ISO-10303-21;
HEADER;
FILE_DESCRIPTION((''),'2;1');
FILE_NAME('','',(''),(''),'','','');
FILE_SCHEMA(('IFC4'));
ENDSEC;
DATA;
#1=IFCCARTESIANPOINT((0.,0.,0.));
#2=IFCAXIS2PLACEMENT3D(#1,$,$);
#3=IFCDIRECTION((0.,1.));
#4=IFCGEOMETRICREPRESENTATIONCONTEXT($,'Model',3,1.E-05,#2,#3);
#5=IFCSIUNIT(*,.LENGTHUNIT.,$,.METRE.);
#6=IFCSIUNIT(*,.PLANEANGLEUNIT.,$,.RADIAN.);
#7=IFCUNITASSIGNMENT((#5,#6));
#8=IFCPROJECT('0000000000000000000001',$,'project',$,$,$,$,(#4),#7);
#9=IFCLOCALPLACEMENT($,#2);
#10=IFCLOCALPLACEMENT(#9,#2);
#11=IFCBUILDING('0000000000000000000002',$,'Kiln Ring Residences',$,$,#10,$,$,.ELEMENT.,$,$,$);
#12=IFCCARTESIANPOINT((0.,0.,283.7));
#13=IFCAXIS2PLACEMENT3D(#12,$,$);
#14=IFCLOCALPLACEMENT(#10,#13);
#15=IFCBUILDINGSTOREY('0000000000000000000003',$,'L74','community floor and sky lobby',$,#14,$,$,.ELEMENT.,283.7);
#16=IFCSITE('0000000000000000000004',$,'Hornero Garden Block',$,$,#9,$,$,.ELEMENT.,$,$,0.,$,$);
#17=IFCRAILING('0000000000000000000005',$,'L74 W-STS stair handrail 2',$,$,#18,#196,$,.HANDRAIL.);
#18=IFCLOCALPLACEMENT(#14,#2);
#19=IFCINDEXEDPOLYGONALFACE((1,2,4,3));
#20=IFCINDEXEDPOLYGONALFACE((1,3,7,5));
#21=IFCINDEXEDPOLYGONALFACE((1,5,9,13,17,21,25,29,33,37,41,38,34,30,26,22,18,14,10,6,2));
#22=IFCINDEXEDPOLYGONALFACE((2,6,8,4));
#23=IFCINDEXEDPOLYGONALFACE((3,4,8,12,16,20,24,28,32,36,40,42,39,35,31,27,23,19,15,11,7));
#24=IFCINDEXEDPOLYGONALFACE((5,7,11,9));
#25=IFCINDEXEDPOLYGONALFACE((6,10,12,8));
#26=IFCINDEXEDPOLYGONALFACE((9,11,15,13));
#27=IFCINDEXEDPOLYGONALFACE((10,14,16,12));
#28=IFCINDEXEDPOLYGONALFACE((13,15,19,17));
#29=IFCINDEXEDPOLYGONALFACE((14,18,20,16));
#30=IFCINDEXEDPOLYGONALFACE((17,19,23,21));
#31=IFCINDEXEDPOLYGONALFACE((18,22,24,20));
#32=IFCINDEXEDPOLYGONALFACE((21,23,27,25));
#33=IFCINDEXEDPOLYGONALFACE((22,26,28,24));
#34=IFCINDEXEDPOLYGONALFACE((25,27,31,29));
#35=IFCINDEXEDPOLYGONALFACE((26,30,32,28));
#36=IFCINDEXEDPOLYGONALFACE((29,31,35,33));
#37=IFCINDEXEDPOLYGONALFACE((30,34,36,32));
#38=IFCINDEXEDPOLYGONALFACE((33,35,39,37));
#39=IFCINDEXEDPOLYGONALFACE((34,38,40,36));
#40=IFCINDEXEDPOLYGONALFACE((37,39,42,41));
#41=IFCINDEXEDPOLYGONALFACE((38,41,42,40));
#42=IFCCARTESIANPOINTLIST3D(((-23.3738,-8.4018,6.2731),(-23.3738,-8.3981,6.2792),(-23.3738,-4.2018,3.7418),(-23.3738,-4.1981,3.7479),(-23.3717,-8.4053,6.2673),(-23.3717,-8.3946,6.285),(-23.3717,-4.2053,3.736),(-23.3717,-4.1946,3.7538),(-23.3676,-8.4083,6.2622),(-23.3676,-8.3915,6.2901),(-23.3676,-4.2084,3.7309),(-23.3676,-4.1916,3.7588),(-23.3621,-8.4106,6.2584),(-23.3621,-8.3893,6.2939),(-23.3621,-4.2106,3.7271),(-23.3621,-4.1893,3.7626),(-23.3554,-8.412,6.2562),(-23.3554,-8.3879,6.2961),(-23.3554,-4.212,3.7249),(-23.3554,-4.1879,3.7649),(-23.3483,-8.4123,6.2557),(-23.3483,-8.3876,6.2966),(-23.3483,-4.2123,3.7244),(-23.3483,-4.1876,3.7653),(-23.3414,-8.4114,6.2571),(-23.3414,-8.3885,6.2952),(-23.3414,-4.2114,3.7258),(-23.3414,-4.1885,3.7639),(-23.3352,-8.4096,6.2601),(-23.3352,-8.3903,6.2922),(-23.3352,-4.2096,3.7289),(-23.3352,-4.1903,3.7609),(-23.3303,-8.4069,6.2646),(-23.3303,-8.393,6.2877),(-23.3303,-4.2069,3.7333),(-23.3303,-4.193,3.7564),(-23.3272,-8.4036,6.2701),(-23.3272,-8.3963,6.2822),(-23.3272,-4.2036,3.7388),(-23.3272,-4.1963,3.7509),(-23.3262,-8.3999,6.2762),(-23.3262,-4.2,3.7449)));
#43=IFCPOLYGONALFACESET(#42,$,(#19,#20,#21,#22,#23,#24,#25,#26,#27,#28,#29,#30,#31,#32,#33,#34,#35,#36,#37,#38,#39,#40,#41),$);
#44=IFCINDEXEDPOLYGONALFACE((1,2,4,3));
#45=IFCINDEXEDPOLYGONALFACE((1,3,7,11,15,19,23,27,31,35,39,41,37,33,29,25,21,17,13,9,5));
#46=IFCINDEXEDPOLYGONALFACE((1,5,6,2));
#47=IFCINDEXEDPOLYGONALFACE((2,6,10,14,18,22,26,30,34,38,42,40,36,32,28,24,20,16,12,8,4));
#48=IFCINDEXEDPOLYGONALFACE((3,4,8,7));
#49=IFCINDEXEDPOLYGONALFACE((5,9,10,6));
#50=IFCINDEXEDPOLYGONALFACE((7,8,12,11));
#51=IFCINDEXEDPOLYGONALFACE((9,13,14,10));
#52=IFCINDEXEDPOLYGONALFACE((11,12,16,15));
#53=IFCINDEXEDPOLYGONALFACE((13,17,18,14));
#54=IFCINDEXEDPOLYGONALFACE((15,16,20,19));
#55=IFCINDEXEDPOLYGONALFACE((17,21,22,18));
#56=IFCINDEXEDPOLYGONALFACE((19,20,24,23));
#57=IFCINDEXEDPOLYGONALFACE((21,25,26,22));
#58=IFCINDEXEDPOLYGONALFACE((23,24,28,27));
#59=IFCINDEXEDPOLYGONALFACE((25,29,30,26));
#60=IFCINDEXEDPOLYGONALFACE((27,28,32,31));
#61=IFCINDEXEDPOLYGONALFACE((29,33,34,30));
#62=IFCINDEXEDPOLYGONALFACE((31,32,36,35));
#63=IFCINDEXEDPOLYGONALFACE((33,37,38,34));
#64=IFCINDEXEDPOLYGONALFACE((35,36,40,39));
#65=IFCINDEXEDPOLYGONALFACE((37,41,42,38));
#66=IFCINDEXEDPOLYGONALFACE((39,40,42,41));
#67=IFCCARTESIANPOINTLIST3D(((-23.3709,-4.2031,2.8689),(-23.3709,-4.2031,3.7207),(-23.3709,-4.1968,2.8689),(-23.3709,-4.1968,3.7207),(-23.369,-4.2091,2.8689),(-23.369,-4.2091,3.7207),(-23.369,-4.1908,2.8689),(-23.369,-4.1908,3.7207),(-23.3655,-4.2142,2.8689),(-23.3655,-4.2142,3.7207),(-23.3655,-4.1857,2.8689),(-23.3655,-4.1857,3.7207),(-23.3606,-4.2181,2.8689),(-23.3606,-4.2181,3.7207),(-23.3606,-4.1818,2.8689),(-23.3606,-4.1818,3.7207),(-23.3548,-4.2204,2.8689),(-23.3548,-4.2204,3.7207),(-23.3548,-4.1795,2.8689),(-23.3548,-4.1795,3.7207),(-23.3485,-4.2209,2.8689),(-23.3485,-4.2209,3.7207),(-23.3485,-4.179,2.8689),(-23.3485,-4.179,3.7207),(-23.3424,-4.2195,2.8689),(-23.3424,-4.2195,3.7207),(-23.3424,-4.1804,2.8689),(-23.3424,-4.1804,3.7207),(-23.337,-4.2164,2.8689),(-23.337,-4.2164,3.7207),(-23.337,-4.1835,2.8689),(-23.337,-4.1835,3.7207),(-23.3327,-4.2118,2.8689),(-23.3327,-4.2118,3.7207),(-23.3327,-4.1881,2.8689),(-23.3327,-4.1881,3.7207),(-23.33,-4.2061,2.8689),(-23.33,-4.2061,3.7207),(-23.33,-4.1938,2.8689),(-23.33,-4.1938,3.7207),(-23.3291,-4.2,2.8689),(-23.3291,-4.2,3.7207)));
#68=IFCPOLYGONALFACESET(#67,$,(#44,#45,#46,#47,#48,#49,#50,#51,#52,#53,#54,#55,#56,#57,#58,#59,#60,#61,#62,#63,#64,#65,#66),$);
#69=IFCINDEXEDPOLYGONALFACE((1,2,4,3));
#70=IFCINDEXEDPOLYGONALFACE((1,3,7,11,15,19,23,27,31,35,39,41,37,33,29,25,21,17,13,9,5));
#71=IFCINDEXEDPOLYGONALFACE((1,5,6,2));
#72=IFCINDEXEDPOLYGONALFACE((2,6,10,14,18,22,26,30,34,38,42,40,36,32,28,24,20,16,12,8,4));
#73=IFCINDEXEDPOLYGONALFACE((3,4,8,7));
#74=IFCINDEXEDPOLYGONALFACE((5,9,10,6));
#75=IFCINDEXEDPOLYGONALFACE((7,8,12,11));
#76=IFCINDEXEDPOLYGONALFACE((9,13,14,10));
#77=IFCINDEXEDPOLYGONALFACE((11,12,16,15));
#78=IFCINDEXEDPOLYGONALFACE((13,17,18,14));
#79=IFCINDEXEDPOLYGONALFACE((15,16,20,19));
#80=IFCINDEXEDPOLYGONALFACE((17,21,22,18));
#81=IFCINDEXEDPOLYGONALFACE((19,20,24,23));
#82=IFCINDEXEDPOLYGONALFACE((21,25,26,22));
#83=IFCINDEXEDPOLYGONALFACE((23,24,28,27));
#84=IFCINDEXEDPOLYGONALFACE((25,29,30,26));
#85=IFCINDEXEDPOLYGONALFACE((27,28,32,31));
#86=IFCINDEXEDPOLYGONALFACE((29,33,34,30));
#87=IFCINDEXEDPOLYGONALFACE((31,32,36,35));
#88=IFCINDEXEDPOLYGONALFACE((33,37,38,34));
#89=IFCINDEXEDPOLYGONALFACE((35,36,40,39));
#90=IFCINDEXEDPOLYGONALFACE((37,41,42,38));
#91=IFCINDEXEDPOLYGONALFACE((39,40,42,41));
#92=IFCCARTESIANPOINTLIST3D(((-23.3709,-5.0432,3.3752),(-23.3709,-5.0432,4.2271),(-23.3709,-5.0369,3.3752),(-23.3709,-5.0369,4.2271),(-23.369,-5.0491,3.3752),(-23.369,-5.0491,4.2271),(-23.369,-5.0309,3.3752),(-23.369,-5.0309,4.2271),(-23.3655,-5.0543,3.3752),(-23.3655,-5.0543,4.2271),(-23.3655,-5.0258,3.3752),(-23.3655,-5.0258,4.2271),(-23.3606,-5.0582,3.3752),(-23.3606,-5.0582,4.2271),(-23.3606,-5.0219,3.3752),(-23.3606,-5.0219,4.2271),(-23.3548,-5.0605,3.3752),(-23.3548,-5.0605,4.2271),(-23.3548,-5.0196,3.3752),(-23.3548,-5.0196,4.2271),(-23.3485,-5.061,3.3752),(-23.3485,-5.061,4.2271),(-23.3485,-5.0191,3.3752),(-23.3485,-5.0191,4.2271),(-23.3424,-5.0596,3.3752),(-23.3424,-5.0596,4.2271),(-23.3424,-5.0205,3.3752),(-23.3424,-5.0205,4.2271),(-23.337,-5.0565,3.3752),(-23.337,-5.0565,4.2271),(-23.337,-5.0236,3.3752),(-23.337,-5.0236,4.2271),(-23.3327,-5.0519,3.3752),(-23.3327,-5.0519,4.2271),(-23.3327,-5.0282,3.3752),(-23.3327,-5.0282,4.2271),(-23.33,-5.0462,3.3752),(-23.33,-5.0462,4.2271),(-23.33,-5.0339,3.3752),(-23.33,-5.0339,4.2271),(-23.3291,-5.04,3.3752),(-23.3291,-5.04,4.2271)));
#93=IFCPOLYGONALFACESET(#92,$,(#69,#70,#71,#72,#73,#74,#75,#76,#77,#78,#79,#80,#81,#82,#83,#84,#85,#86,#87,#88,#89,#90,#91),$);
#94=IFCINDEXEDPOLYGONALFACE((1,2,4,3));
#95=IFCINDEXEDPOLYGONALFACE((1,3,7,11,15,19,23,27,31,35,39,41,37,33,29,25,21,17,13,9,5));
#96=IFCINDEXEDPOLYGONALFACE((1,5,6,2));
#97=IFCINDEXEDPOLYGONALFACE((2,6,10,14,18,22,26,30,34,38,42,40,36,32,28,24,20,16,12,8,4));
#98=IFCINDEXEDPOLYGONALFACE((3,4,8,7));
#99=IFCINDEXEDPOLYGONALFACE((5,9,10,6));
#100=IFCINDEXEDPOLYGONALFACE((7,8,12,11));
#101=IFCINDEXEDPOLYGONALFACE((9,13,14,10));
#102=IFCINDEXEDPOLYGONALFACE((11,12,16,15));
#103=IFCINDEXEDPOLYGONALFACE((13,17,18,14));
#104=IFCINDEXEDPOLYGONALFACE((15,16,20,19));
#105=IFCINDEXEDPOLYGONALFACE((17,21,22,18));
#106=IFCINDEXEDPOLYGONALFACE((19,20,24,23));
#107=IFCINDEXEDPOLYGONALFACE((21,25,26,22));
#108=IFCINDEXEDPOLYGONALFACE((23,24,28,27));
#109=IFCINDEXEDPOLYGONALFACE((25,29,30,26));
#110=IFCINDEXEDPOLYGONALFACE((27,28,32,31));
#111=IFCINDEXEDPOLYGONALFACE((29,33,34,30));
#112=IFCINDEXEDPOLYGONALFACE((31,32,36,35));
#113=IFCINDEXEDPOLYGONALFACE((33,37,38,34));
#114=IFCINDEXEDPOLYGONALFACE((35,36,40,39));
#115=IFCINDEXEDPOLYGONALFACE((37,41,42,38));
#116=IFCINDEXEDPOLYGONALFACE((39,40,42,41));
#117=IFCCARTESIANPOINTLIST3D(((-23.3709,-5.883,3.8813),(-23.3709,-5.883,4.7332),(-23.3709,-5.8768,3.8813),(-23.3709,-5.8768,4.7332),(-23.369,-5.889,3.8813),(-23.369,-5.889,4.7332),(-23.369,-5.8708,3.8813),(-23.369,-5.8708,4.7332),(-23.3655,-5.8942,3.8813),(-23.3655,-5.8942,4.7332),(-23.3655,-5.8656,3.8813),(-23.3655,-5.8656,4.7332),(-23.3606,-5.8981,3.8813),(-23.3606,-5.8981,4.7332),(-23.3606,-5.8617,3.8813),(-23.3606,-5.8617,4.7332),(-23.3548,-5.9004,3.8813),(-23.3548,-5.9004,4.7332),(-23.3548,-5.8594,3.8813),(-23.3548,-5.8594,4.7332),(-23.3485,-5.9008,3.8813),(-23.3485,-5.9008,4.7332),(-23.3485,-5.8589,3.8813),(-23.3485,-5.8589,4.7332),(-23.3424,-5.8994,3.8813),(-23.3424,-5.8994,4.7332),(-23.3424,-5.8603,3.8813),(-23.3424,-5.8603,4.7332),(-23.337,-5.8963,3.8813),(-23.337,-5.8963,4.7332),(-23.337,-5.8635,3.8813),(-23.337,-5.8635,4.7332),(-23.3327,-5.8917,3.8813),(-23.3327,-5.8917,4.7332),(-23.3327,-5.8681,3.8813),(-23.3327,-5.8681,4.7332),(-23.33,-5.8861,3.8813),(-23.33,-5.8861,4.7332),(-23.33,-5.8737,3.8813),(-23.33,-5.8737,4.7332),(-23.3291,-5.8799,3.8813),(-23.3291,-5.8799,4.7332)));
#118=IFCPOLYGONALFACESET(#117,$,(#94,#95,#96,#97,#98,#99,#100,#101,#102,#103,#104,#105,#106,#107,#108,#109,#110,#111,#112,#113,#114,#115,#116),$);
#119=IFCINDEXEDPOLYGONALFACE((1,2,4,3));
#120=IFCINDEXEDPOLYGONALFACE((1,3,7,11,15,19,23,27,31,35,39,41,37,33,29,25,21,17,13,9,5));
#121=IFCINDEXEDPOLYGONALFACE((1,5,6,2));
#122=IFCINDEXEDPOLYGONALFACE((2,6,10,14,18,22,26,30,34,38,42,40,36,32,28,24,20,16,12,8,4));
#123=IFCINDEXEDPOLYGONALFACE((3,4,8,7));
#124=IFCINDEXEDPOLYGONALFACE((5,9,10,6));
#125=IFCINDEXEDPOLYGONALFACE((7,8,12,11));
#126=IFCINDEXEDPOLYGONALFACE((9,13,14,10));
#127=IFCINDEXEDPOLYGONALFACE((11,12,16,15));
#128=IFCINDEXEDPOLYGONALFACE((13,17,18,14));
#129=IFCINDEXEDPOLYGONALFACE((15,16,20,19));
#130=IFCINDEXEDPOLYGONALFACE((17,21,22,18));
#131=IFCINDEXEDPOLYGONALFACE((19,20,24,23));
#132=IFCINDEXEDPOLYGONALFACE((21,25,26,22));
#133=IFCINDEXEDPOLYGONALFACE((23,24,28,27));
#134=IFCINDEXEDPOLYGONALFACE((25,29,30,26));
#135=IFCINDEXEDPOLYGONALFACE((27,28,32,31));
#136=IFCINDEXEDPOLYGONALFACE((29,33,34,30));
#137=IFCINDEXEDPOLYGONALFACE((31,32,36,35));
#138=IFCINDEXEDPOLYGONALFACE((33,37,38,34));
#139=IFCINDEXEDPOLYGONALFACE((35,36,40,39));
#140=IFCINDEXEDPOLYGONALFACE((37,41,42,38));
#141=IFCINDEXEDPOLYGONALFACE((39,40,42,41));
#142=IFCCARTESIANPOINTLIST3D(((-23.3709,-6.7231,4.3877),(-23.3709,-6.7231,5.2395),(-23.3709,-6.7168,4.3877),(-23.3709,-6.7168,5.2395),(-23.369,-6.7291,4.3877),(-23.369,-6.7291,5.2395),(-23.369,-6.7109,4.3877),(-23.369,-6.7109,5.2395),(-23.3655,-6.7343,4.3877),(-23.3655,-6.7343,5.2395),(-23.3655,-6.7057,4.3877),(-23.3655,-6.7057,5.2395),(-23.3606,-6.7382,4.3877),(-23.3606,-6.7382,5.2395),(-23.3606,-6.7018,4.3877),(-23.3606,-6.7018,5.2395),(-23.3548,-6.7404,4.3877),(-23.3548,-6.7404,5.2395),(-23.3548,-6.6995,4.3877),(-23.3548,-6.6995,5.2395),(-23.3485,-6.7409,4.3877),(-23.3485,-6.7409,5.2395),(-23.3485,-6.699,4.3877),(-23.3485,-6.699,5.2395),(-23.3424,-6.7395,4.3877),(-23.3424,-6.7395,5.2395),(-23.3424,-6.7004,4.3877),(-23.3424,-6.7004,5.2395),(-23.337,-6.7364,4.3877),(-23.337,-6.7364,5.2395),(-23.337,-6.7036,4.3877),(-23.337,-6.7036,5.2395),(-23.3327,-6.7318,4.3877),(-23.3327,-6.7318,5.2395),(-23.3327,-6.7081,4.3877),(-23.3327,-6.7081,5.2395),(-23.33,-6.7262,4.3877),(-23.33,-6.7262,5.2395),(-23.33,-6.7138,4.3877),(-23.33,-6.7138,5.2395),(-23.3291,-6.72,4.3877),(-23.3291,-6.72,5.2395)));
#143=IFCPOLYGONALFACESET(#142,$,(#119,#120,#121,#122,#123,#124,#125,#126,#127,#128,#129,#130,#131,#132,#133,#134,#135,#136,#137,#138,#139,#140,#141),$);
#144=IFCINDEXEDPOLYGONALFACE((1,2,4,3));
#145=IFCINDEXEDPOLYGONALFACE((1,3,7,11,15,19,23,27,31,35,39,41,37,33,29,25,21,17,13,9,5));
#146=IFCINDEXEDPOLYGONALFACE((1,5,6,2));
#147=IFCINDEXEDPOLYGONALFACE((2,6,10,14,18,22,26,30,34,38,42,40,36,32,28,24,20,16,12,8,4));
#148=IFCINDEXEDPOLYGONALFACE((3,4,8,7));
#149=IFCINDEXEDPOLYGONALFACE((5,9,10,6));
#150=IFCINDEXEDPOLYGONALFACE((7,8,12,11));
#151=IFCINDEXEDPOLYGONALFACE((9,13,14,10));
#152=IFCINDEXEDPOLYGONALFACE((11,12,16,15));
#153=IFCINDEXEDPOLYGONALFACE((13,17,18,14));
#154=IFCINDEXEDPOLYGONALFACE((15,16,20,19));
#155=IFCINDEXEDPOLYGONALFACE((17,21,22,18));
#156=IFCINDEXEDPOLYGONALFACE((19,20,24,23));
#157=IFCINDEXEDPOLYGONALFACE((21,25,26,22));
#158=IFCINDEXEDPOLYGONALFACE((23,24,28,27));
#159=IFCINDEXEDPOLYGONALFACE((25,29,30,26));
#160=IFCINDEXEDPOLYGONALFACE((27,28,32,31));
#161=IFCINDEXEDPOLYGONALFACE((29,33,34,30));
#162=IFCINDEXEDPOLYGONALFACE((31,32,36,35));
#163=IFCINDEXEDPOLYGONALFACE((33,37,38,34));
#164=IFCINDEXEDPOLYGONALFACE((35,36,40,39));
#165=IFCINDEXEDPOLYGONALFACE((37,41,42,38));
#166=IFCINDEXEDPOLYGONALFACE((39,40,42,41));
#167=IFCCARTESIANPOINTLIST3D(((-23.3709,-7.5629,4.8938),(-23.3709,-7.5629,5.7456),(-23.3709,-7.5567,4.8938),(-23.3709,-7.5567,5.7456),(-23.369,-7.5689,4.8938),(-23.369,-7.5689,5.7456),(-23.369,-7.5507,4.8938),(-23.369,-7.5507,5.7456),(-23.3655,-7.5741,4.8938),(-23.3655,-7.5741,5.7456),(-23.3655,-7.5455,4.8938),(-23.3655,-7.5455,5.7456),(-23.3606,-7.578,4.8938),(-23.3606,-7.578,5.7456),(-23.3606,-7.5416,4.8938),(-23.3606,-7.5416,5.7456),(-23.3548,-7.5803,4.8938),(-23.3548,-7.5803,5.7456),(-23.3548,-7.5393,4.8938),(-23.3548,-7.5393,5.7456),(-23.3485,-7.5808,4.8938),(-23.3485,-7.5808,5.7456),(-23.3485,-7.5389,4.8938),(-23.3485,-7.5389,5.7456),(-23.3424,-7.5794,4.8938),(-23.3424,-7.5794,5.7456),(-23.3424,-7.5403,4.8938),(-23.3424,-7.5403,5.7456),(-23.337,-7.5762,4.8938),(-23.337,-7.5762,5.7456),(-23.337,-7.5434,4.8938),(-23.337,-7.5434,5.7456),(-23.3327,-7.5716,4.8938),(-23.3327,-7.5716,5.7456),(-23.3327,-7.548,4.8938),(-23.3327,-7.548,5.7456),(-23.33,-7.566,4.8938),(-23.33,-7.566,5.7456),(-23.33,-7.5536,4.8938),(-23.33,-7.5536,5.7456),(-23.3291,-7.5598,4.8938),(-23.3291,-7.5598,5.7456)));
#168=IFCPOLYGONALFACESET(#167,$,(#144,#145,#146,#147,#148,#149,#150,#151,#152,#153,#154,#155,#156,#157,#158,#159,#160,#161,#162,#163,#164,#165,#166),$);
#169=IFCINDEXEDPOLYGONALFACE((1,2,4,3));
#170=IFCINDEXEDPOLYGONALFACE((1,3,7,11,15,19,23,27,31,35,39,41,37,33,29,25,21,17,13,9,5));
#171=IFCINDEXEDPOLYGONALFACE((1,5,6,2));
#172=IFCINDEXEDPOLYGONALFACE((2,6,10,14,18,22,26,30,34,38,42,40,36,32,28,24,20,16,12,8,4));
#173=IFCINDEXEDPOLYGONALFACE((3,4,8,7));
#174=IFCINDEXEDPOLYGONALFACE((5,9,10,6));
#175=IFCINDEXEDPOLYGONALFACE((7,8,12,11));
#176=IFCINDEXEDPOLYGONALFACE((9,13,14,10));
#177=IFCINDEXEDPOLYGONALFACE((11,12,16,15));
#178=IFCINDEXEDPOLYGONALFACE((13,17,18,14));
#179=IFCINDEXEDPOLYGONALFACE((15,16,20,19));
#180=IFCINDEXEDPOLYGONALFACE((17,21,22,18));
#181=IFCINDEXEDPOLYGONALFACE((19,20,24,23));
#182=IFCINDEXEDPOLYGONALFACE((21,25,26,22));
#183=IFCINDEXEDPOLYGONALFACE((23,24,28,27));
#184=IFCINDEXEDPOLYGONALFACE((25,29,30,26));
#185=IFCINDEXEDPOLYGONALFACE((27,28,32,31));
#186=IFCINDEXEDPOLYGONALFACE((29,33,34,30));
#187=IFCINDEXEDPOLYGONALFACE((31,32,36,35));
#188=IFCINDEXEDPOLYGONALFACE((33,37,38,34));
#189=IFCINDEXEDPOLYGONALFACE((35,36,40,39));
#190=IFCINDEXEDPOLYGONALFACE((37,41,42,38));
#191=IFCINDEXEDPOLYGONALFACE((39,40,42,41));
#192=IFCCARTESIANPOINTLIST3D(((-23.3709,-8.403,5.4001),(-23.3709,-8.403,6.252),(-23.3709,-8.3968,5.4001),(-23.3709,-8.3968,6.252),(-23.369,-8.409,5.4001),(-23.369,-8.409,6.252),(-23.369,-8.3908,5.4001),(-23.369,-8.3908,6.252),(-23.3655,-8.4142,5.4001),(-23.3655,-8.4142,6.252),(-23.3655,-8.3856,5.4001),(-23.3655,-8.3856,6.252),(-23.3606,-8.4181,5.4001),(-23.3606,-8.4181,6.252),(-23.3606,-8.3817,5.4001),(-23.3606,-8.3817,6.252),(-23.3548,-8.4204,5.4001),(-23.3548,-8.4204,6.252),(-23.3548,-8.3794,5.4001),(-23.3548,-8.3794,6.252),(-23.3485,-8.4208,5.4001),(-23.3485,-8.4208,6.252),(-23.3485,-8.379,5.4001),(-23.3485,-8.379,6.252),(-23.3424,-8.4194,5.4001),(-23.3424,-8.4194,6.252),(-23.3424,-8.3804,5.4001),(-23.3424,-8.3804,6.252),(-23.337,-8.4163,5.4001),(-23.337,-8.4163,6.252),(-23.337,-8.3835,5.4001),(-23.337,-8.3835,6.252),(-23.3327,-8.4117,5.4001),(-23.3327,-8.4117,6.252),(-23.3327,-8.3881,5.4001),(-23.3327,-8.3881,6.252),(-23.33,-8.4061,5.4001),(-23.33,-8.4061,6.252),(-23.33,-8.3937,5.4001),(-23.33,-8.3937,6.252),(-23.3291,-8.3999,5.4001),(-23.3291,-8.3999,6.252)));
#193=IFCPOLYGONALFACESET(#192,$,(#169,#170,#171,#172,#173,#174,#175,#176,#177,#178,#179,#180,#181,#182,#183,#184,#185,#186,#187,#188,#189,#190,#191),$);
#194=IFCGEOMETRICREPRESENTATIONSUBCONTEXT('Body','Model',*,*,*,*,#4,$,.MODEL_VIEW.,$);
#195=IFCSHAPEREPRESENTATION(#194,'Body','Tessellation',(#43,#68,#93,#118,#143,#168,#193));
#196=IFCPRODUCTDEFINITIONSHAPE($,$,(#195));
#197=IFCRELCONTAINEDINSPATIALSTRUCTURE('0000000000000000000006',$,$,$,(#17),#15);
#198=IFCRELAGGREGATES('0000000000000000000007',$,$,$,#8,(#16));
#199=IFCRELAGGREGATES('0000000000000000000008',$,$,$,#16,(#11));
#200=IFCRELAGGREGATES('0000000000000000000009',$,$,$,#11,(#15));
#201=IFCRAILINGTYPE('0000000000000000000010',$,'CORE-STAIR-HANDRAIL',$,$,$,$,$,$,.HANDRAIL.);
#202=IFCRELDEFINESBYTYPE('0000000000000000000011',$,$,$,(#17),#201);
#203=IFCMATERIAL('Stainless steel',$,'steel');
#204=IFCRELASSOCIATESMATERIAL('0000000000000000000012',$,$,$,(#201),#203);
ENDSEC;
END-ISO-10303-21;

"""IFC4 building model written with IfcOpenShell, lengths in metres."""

from ifc_helpers import new_model, si_unit, direction, frame, origin, origin_2d, place, context, subcontext, project, spatial, circle, extrude, material, type_object, element, save


model = new_model("IFC4")

# Units and contexts
model_context = context("Model", 3, precision=1e-05, world=origin(), true_north=direction((0.0, 1.0)))
body_context = subcontext(model_context, "Body", "Model", "MODEL_VIEW")
ifc_project = project(units=[si_unit("LENGTHUNIT", "METRE"), si_unit("PLANEANGLEUNIT", "RADIAN")], contexts=[model_context])

# Site, building, storey
site_placement = place(None, origin())
site = spatial("IfcSite", under=ifc_project, at=site_placement, Name="Hornero Garden Block", CompositionType="ELEMENT", RefElevation=0.0)
building_placement = place(site_placement, origin())
building = spatial("IfcBuilding", under=site, at=building_placement, Name="Kiln Ring Residences", CompositionType="ELEMENT")
storey_placement = place(building_placement, frame((0.0, 0.0, 283.7)))
storey = spatial("IfcBuildingStorey", under=building, at=storey_placement, Name="L74", Description="community floor and sky lobby", CompositionType="ELEMENT", Elevation=283.7)

# Railing
ifc_material_1 = material(Name="Stainless steel", Category="steel")
railing_type_1 = type_object("IfcRailingType", Name="CORE-STAIR-HANDRAIL", PredefinedType="HANDRAIL", material=ifc_material_1)
railing_1_placement = place(storey_placement, frame((-23.3501, -4.2, 2.8689)))
element("IfcRailing", 1, at=railing_1_placement, inside=storey, type_object=railing_type_1, Name="L74 W-STS stair handrail 2", PredefinedType="HANDRAIL", context=body_context, shape_type="SweptSolid", body=[
    extrude(circle(Radius=0.0239, at=origin_2d()), frame((0.0, 0.0, 0.876), z_axis=(0.0, -0.856476, 0.516186), x_axis=(1.0, 0.0, 0.0)), (0.0, 0.0, 1.0), 4.9038),
    extrude(circle(Radius=0.021, at=origin_2d()), origin(), (0.0, 0.0, 1.0), 0.8518),
    extrude(circle(Radius=0.021, at=origin_2d()), frame((0.0, -0.8401, 0.5063)), (0.0, 0.0, 1.0), 0.8518),
    extrude(circle(Radius=0.021, at=origin_2d()), frame((0.0, -1.6799, 1.0125)), (0.0, 0.0, 1.0), 0.8518),
    extrude(circle(Radius=0.021, at=origin_2d()), frame((0.0, -2.52, 1.5188)), (0.0, 0.0, 1.0), 0.8518),
    extrude(circle(Radius=0.021, at=origin_2d()), frame((0.0, -3.3599, 2.0249)), (0.0, 0.0, 1.0), 0.8518),
    extrude(circle(Radius=0.021, at=origin_2d()), frame((0.0, -4.2, 2.5312)), (0.0, 0.0, 1.0), 0.8518),
])

save(model, "model.ifc")
